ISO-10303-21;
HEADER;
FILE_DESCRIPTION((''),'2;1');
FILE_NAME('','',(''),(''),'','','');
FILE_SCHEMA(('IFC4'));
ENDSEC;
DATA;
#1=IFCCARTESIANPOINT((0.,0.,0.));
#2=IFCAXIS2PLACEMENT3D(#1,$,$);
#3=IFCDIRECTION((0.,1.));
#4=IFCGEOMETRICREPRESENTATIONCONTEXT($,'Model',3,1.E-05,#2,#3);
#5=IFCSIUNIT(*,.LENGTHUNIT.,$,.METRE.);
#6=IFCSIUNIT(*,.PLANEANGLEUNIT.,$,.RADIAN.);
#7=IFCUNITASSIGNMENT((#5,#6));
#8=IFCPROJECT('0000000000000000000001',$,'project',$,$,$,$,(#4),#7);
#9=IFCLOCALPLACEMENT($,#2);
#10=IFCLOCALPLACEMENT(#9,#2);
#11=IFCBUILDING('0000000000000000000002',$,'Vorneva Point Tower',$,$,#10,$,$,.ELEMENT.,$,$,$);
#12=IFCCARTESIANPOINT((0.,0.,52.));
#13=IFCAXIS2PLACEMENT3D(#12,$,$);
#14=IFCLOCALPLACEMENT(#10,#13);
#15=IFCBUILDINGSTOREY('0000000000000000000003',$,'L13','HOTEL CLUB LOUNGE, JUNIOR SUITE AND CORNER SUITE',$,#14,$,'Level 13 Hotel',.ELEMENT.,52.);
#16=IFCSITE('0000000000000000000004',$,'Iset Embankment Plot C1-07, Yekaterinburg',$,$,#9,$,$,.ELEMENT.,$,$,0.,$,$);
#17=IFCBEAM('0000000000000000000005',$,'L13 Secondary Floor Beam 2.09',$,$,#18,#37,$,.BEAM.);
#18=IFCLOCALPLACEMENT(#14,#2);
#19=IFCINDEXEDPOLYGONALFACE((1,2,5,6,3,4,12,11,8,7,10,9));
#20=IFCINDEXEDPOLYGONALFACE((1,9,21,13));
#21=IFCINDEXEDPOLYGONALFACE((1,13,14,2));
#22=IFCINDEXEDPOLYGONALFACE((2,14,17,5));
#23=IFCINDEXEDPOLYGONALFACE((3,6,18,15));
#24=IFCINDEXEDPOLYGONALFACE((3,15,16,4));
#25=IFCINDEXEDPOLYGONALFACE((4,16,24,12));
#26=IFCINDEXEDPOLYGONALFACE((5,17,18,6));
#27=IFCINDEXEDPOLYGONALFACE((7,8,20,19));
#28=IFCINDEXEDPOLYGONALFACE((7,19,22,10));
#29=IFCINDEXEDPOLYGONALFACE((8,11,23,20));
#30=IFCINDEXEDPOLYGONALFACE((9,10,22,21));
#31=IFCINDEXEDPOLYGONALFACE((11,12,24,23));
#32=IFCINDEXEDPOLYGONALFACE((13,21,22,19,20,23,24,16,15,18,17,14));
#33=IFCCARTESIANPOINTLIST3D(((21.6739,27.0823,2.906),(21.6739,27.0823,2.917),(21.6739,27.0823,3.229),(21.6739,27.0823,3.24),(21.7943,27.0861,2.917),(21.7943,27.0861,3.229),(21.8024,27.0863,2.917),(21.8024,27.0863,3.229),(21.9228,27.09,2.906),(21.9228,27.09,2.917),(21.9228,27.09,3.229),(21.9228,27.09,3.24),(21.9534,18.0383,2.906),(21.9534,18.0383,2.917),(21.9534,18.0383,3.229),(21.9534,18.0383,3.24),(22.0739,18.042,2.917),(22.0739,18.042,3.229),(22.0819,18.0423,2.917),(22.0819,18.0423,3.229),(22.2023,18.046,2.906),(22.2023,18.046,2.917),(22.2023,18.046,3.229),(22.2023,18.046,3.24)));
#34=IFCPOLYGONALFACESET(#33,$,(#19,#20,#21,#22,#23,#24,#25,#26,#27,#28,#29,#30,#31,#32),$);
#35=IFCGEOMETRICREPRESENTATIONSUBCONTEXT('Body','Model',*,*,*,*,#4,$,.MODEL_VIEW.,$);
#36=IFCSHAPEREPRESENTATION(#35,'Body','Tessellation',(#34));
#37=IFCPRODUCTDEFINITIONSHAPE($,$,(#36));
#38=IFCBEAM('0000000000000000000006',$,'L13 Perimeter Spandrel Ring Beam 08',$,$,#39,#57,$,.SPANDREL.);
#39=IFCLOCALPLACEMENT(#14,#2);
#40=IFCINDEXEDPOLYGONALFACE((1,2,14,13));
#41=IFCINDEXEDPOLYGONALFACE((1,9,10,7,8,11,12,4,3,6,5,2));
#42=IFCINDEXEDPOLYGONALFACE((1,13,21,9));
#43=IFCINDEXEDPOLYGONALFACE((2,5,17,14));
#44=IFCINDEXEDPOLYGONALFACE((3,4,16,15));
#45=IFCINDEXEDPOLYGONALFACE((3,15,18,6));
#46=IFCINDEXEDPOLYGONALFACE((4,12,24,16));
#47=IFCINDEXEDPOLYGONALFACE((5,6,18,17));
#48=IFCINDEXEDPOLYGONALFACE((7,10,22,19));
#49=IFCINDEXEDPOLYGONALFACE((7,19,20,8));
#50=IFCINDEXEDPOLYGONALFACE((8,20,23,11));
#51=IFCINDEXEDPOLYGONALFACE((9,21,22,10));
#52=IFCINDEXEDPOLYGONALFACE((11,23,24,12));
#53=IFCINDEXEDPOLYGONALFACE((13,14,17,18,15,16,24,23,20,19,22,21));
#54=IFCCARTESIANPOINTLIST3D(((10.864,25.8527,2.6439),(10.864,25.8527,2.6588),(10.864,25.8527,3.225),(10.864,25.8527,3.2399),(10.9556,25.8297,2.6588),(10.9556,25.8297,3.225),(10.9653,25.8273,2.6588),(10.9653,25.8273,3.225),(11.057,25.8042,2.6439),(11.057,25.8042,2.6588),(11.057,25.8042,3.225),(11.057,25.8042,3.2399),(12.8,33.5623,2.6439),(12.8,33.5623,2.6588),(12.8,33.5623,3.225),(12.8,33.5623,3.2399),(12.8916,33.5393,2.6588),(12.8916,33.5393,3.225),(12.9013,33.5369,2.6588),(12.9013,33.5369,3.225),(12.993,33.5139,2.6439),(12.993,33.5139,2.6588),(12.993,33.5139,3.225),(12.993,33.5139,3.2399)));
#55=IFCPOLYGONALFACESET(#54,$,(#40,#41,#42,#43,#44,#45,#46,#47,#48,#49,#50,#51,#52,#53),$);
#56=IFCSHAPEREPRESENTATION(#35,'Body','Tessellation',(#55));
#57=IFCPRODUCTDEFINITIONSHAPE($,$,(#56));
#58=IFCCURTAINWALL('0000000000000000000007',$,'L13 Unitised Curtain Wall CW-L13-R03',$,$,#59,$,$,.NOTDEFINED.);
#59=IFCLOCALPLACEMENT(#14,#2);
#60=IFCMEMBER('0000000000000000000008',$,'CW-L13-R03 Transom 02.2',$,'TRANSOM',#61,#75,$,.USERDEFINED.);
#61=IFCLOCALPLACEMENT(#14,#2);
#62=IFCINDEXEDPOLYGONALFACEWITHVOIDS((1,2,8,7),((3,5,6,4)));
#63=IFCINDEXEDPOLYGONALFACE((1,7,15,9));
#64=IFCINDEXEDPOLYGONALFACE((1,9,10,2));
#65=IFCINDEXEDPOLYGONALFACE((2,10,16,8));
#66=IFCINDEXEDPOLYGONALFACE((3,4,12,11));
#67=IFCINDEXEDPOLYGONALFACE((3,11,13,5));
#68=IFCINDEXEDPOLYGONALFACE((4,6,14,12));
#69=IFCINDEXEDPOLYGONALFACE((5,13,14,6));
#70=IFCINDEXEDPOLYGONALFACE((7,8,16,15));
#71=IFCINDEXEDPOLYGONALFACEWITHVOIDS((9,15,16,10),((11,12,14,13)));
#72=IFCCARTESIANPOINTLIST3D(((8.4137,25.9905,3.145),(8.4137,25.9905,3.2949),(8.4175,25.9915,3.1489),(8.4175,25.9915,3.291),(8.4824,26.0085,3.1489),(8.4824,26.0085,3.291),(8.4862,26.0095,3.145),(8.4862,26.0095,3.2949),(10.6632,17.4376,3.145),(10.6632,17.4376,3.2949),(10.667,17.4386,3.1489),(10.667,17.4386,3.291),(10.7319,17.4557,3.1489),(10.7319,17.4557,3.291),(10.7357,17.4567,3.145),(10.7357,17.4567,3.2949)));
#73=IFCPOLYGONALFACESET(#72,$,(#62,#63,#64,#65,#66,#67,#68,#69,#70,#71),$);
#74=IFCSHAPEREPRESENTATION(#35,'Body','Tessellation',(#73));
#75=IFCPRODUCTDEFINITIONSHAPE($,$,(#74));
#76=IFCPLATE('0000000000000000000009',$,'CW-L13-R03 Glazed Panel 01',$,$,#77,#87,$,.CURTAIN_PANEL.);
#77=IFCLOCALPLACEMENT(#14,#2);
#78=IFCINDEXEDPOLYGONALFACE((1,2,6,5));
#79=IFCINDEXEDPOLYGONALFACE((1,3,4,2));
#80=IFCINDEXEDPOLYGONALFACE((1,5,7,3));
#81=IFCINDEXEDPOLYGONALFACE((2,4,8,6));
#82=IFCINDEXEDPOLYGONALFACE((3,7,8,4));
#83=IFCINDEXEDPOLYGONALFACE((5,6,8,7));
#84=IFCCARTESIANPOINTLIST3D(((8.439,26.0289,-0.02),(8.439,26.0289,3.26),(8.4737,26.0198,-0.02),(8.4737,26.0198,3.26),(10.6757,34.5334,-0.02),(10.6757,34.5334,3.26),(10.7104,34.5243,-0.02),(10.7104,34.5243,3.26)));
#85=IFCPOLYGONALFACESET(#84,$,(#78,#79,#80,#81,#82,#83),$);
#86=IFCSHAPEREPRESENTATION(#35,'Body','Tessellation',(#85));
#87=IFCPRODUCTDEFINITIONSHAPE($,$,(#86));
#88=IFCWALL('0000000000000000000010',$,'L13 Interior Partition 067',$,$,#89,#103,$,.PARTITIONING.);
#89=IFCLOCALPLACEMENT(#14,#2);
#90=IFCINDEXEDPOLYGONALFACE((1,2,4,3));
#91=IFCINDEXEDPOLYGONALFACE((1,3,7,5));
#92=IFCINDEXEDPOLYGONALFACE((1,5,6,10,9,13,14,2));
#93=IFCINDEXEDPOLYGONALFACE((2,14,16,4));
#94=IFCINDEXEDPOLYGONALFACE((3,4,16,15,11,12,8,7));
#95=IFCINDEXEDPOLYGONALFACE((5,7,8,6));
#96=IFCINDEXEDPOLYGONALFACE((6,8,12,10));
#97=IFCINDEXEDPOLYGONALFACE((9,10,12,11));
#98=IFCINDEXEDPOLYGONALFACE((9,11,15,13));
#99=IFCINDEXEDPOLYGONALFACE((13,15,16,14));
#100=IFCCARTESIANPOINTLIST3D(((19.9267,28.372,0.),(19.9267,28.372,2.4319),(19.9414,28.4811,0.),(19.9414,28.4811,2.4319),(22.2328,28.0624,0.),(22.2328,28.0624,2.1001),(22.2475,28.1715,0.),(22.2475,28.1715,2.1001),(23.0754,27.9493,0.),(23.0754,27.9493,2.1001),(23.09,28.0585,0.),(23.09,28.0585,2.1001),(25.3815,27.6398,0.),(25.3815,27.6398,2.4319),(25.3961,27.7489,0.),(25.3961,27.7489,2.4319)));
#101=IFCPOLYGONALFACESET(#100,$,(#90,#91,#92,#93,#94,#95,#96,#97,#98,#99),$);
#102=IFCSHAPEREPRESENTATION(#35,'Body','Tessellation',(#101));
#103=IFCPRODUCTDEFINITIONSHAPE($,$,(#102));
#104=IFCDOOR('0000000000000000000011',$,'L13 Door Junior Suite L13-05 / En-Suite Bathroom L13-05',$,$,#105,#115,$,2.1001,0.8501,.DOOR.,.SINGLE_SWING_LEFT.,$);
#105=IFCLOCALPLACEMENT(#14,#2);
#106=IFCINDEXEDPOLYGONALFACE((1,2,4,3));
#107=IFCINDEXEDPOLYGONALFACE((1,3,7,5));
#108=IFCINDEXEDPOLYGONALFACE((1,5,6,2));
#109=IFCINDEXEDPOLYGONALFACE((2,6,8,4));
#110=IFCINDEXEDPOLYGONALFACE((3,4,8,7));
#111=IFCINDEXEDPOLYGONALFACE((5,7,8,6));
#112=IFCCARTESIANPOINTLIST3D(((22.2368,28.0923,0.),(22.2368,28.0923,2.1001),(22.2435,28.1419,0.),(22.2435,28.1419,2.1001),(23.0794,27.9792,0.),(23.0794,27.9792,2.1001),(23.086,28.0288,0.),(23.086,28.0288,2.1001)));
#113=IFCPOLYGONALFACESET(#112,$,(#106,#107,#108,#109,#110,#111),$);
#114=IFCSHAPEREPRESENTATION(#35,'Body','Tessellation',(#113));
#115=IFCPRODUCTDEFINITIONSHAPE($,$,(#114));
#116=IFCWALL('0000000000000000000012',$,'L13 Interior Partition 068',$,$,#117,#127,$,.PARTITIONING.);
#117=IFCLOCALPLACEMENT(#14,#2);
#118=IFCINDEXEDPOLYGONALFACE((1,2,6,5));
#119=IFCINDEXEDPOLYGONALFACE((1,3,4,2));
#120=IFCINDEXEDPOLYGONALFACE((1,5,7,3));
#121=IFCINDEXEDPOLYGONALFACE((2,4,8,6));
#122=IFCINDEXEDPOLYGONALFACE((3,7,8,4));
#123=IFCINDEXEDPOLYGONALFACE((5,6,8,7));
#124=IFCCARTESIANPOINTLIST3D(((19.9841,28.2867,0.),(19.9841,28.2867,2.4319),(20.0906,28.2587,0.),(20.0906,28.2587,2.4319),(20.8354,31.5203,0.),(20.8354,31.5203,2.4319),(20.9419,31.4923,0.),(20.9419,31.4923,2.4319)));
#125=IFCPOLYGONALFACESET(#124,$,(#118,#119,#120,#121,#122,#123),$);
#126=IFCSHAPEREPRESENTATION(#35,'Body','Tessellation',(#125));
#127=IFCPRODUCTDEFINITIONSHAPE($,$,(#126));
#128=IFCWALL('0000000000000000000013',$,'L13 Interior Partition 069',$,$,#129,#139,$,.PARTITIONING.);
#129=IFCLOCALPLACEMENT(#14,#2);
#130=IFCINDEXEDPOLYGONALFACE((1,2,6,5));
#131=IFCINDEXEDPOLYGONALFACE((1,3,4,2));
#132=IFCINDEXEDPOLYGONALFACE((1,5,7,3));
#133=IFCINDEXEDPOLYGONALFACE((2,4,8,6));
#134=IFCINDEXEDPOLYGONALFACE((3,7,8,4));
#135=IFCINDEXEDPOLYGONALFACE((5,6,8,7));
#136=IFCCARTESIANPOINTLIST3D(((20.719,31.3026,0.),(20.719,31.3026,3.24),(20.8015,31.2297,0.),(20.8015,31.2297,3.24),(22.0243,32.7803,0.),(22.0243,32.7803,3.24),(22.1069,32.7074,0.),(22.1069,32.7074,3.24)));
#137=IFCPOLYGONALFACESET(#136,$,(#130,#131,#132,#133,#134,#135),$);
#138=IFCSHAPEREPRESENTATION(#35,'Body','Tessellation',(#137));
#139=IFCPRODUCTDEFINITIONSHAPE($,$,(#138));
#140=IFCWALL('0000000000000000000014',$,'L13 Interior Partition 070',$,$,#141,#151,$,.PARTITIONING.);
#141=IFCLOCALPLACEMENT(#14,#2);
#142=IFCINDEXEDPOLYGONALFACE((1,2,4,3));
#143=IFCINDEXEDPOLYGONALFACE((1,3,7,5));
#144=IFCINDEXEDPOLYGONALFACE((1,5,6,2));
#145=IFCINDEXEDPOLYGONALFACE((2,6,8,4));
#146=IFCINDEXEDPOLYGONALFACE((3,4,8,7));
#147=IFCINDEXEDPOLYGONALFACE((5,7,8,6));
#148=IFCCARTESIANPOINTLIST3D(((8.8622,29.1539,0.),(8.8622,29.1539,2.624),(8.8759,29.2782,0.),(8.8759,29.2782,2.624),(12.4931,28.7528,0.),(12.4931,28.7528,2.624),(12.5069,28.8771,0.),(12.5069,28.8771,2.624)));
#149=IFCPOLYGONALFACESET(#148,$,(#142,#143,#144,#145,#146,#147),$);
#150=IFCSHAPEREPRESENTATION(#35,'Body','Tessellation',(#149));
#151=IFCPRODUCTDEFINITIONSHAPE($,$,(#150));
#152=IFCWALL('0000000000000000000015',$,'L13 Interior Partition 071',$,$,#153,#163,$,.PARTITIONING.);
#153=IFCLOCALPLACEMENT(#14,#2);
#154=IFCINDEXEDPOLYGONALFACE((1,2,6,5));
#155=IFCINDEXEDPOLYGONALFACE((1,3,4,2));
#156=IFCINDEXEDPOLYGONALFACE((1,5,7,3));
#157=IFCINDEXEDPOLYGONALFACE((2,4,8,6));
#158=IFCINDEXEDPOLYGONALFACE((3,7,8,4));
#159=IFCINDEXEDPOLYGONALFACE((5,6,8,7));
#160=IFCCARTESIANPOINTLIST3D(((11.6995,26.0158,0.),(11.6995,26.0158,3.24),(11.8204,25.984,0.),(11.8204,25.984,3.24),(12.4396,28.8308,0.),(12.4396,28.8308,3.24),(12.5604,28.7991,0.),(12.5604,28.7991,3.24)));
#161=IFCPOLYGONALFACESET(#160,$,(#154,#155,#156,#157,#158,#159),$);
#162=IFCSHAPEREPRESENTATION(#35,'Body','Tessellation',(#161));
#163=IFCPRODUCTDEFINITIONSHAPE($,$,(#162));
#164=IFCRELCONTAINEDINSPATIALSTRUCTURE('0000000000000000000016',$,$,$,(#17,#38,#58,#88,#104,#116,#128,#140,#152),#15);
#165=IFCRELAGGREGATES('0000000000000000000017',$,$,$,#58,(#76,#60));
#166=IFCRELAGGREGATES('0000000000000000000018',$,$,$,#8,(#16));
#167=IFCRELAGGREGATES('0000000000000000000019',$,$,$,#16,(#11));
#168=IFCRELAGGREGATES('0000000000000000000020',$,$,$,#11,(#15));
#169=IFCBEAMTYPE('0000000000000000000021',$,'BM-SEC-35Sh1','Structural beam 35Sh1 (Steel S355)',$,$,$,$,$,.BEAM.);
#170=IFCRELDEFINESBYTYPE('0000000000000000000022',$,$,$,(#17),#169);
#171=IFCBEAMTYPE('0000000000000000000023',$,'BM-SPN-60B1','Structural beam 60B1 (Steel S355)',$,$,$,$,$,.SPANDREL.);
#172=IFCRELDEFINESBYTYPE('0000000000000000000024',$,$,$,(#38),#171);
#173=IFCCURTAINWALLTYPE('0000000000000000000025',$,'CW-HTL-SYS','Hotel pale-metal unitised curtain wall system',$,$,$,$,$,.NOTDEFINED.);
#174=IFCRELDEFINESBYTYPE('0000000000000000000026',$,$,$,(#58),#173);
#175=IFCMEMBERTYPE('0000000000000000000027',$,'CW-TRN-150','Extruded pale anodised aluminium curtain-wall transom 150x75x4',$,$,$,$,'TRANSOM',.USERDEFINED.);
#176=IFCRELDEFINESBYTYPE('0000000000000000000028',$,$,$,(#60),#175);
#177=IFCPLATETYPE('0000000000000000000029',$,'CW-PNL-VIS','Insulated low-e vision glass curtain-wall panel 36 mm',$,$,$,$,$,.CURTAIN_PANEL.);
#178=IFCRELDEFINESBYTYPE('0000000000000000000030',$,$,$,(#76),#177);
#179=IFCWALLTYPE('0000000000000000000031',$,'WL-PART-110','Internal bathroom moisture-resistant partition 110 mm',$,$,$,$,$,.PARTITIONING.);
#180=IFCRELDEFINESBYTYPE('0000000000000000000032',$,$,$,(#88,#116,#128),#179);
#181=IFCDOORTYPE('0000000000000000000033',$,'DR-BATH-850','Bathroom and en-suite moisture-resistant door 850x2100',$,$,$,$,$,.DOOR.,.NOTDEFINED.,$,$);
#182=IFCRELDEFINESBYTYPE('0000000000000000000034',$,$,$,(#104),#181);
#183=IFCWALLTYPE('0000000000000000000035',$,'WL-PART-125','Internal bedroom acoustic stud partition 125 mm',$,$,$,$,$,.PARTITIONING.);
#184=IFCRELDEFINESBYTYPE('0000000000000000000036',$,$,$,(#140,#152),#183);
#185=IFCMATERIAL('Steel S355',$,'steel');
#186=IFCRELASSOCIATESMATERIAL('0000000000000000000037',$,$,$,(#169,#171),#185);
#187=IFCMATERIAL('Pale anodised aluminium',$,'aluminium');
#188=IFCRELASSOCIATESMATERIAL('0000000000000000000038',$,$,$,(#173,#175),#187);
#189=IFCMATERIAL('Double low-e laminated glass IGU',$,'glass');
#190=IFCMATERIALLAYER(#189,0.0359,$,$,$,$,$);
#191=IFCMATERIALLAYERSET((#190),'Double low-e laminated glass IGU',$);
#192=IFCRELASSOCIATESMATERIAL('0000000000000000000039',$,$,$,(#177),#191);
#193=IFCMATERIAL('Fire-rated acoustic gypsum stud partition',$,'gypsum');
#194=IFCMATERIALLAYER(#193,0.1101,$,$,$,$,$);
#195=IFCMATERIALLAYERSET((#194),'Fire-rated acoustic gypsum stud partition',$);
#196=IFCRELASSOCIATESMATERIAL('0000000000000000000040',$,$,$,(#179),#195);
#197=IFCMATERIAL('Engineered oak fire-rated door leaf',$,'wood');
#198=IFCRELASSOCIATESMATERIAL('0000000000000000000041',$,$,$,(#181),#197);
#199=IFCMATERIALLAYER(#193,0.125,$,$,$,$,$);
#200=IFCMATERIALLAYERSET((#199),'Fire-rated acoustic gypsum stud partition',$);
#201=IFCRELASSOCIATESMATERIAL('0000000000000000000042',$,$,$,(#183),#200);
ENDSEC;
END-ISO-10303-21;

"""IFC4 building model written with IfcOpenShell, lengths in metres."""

from ifc_helpers import new_model, si_unit, direction, frame, frame_2d, origin, origin_2d, place, context, subcontext, project, spatial, rectangle, hollow_rectangle, i_section, extrude, material, layer, layer_set, material_profile, profile_set, type_object, element, fill, aggregate, save


model = new_model("IFC4")

# Units and contexts
model_context = context("Model", 3, precision=1e-05, world=origin(), true_north=direction((0.0, 1.0)))
body_context = subcontext(model_context, "Body", "Model", "MODEL_VIEW")
ifc_project = project(units=[si_unit("LENGTHUNIT", "METRE"), si_unit("PLANEANGLEUNIT", "RADIAN")], contexts=[model_context])

# Site, building, storey
site_placement = place(None, origin())
site = spatial("IfcSite", under=ifc_project, at=site_placement, Name="Iset Embankment Plot C1-07, Yekaterinburg", CompositionType="ELEMENT", RefElevation=0.0)
building_placement = place(site_placement, origin())
building = spatial("IfcBuilding", under=site, at=building_placement, Name="Vorneva Point Tower", CompositionType="ELEMENT")
storey_placement = place(building_placement, frame((0.0, 0.0, 52.0)))
storey = spatial("IfcBuildingStorey", under=building, at=storey_placement, Name="L13", Description="HOTEL CLUB LOUNGE, JUNIOR SUITE AND CORNER SUITE", LongName="Level 13 Hotel", CompositionType="ELEMENT", Elevation=52.0)

# Beams
ifc_material_1 = material(Name="Steel S355", Category="steel")
ifc_material_profile_1 = material_profile(ifc_material_1, i_section(OverallWidth=0.249, OverallDepth=0.334, WebThickness=0.0081, FlangeThickness=0.011, at=origin_2d()), Name="35Sh1")
ifc_profile_set_1 = profile_set([ifc_material_profile_1], Name="Steel S355")
beam_type_1 = type_object("IfcBeamType", Name="BM-SEC-35Sh1", Description="Structural beam 35Sh1 (Steel S355)", PredefinedType="BEAM", material=ifc_profile_set_1)
beam_1_placement = place(storey_placement, frame((21.7983, 27.0862, 3.073), z_axis=(0.030894, -0.999523, 0.0), x_axis=(0.999523, 0.030894, 0.0)))
element("IfcBeam", 1, at=beam_1_placement, inside=storey, type_object=beam_type_1, Name="L13 Secondary Floor Beam 2.09", PredefinedType="BEAM", context=body_context, shape_type="SweptSolid", body=[
    extrude(i_section(OverallWidth=0.249, OverallDepth=0.334, WebThickness=0.0081, FlangeThickness=0.011, at=origin_2d()), origin(), (0.0, 0.0, 1.0), 9.0483),
])
ifc_material_profile_2 = material_profile(ifc_material_1, i_section(OverallWidth=0.199, OverallDepth=0.5959, WebThickness=0.01, FlangeThickness=0.0149, at=origin_2d()), Name="60B1")
ifc_profile_set_2 = profile_set([ifc_material_profile_2], Name="Steel S355")
beam_type_2 = type_object("IfcBeamType", Name="BM-SPN-60B1", Description="Structural beam 60B1 (Steel S355)", PredefinedType="SPANDREL", material=ifc_profile_set_2)
beam_2_placement = place(storey_placement, frame((12.8965, 33.5381, 2.9419), z_axis=(-0.243554, -0.969887, 0.0), x_axis=(0.969887, -0.243554, 0.0)))
element("IfcBeam", 2, at=beam_2_placement, inside=storey, type_object=beam_type_2, Name="L13 Perimeter Spandrel Ring Beam 08", PredefinedType="SPANDREL", context=body_context, shape_type="SweptSolid", body=[
    extrude(i_section(OverallWidth=0.199, OverallDepth=0.5959, WebThickness=0.01, FlangeThickness=0.0149, at=origin_2d()), origin(), (0.0, 0.0, 1.0), 7.949),
])

# Curtain wall, member, plate
ifc_material_2 = material(Name="Pale anodised aluminium", Category="aluminium")
curtain_wall_type = type_object("IfcCurtainWallType", Name="CW-HTL-SYS", Description="Hotel pale-metal unitised curtain wall system", PredefinedType="NOTDEFINED", material=ifc_material_2)
curtain_wall_placement = place(storey_placement, origin())
curtain_wall = element("IfcCurtainWall", 3, at=curtain_wall_placement, inside=storey, type_object=curtain_wall_type, Name="L13 Unitised Curtain Wall CW-L13-R03", PredefinedType="NOTDEFINED")
ifc_material_profile_3 = material_profile(ifc_material_2, hollow_rectangle(XDim=0.075, YDim=0.1499, WallThickness=0.0039, at=origin_2d()), Name="AL-TRN 150x75x4")
ifc_profile_set_3 = profile_set([ifc_material_profile_3], Name="Pale anodised aluminium")
member_type = type_object("IfcMemberType", Name="CW-TRN-150", Description="Extruded pale anodised aluminium curtain-wall transom 150x75x4", ElementType="TRANSOM", PredefinedType="USERDEFINED", material=ifc_profile_set_3)
member_placement = place(storey_placement, frame((8.45, 26.0, 3.22), z_axis=(0.254359, -0.96711, 0.0), x_axis=(0.96711, 0.254359, 0.0)))
member = element("IfcMember", 4, at=member_placement, type_object=member_type, Name="CW-L13-R03 Transom 02.2", ObjectType="TRANSOM", PredefinedType="USERDEFINED", context=body_context, shape_type="SweptSolid", body=[
    extrude(hollow_rectangle(XDim=0.075, YDim=0.1499, WallThickness=0.0039, at=origin_2d()), origin(), (0.0, 0.0, 1.0), 8.8438),
])
ifc_material_3 = material(Name="Double low-e laminated glass IGU", Category="glass")
ifc_layer_1 = layer(ifc_material_3, 0.0359)
ifc_layer_set_1 = layer_set([ifc_layer_1], Name="Double low-e laminated glass IGU")
plate_type = type_object("IfcPlateType", Name="CW-PNL-VIS", Description="Insulated low-e vision glass curtain-wall panel 36 mm", PredefinedType="CURTAIN_PANEL", material=ifc_layer_set_1)
plate_placement = place(storey_placement, frame((9.5747, 30.2766, -0.02), z_axis=(0.0, 0.0, 1.0), x_axis=(-0.254349, -0.967113, 0.0)))
plate = element("IfcPlate", 5, at=plate_placement, type_object=plate_type, Name="CW-L13-R03 Glazed Panel 01", PredefinedType="CURTAIN_PANEL", context=body_context, shape_type="SweptSolid", body=[
    extrude(rectangle(XDim=8.7937, YDim=0.0359, at=origin_2d()), origin(), (0.0, 0.0, 1.0), 3.28),
])
aggregate(curtain_wall, [plate, member])

# Wall, opening, door
ifc_material_4 = material(Name="Fire-rated acoustic gypsum stud partition", Category="gypsum")
ifc_layer_2 = layer(ifc_material_4, 0.1101)
ifc_layer_set_2 = layer_set([ifc_layer_2], Name="Fire-rated acoustic gypsum stud partition")
wall_type_1 = type_object("IfcWallType", Name="WL-PART-110", Description="Internal bathroom moisture-resistant partition 110 mm", PredefinedType="PARTITIONING", material=ifc_layer_set_2)
wall_1_placement = place(storey_placement, frame((25.3889, 27.6943, 0.0), z_axis=(0.0, 0.0, 1.0), x_axis=(-0.991112, 0.133032, 0.0)))
wall_1 = element("IfcWall", 6, at=wall_1_placement, inside=storey, type_object=wall_type_1, Name="L13 Interior Partition 067", PredefinedType="PARTITIONING", context=body_context, shape_type="SweptSolid", body=[
    extrude(rectangle(XDim=5.5037, YDim=0.1101, at=frame_2d((2.752, 0.0))), origin(), (0.0, 0.0, 1.0), 2.4319),
])
opening_1_placement = place(wall_1_placement, frame((2.3269, 0.0, 0.0)))
opening_1 = element("IfcOpeningElement", 7, at=opening_1_placement, cuts=wall_1, PredefinedType="OPENING", context=body_context, shape_type="SweptSolid", body=[
    extrude(rectangle(XDim=0.8501, YDim=2.1001, at=frame_2d((0.425, 1.05))), frame((0.0, 0.0698, 0.0), z_axis=(0.0, -1.0, 0.0), x_axis=(1.0, 0.0, 0.0)), (0.0, 0.0, 1.0), 0.1399),
])
ifc_material_5 = material(Name="Engineered oak fire-rated door leaf", Category="wood")
door_type_1 = type_object("IfcDoorType", Name="DR-BATH-850", Description="Bathroom and en-suite moisture-resistant door 850x2100", OperationType="NOTDEFINED", PredefinedType="DOOR", material=ifc_material_5)
door_1_placement = place(opening_1_placement, origin())
door_1 = element("IfcDoor", 8, at=door_1_placement, inside=storey, type_object=door_type_1, Name="L13 Door Junior Suite L13-05 / En-Suite Bathroom L13-05", OperationType="SINGLE_SWING_LEFT", OverallHeight=2.1001, OverallWidth=0.8501, PredefinedType="DOOR", context=body_context, shape_type="SweptSolid", body=[
    extrude(rectangle(XDim=0.8501, YDim=2.1001, at=frame_2d((0.425, 1.05))), frame((0.0, 0.0249, 0.0), z_axis=(0.0, -1.0, 0.0), x_axis=(1.0, 0.0, 0.0)), (0.0, 0.0, 1.0), 0.05),
])
fill(opening_1, door_1)

# Walls
wall_2_placement = place(storey_placement, frame((20.0374, 28.2727, 0.0), z_axis=(0.0, 0.0, 1.0), x_axis=(0.254594, 0.967048, 0.0)))
element("IfcWall", 9, at=wall_2_placement, inside=storey, type_object=wall_type_1, Name="L13 Interior Partition 068", PredefinedType="PARTITIONING", context=body_context, shape_type="SweptSolid", body=[
    extrude(rectangle(XDim=3.3438, YDim=0.1101, at=frame_2d((1.6719, 0.0))), origin(), (0.0, 0.0, 1.0), 2.4319),
])
wall_3_placement = place(storey_placement, frame((20.7603, 31.2661, 0.0), z_axis=(0.0, 0.0, 1.0), x_axis=(0.662047, 0.749462, 0.0)))
element("IfcWall", 10, at=wall_3_placement, inside=storey, type_object=wall_type_1, Name="L13 Interior Partition 069", PredefinedType="PARTITIONING", context=body_context, shape_type="SweptSolid", body=[
    extrude(rectangle(XDim=1.9717, YDim=0.1101, at=frame_2d((0.9858, 0.0))), origin(), (0.0, 0.0, 1.0), 3.24),
])
ifc_layer_3 = layer(ifc_material_4, 0.125)
ifc_layer_set_3 = layer_set([ifc_layer_3], Name="Fire-rated acoustic gypsum stud partition")
wall_type_2 = type_object("IfcWallType", Name="WL-PART-125", Description="Internal bedroom acoustic stud partition 125 mm", PredefinedType="PARTITIONING", material=ifc_layer_set_3)
wall_4_placement = place(storey_placement, frame((8.8689, 29.2161, 0.0), z_axis=(0.0, 0.0, 1.0), x_axis=(0.993954, -0.109801, 0.0)))
element("IfcWall", 11, at=wall_4_placement, inside=storey, type_object=wall_type_2, Name="L13 Interior Partition 070", PredefinedType="PARTITIONING", context=body_context, shape_type="SweptSolid", body=[
    extrude(rectangle(XDim=3.6531, YDim=0.125, at=frame_2d((1.8267, 0.0))), origin(), (0.0, 0.0, 1.0), 2.624),
])
wall_5_placement = place(storey_placement, frame((12.5, 28.8149, 0.0), z_axis=(0.0, 0.0, 1.0), x_axis=(-0.254241, -0.967141, 0.0)))
element("IfcWall", 12, at=wall_5_placement, inside=storey, type_object=wall_type_2, Name="L13 Interior Partition 071", PredefinedType="PARTITIONING", context=body_context, shape_type="SweptSolid", body=[
    extrude(rectangle(XDim=2.9106, YDim=0.125, at=frame_2d((1.4553, 0.0))), origin(), (0.0, 0.0, 1.0), 3.24),
])

save(model, "model.ifc")
